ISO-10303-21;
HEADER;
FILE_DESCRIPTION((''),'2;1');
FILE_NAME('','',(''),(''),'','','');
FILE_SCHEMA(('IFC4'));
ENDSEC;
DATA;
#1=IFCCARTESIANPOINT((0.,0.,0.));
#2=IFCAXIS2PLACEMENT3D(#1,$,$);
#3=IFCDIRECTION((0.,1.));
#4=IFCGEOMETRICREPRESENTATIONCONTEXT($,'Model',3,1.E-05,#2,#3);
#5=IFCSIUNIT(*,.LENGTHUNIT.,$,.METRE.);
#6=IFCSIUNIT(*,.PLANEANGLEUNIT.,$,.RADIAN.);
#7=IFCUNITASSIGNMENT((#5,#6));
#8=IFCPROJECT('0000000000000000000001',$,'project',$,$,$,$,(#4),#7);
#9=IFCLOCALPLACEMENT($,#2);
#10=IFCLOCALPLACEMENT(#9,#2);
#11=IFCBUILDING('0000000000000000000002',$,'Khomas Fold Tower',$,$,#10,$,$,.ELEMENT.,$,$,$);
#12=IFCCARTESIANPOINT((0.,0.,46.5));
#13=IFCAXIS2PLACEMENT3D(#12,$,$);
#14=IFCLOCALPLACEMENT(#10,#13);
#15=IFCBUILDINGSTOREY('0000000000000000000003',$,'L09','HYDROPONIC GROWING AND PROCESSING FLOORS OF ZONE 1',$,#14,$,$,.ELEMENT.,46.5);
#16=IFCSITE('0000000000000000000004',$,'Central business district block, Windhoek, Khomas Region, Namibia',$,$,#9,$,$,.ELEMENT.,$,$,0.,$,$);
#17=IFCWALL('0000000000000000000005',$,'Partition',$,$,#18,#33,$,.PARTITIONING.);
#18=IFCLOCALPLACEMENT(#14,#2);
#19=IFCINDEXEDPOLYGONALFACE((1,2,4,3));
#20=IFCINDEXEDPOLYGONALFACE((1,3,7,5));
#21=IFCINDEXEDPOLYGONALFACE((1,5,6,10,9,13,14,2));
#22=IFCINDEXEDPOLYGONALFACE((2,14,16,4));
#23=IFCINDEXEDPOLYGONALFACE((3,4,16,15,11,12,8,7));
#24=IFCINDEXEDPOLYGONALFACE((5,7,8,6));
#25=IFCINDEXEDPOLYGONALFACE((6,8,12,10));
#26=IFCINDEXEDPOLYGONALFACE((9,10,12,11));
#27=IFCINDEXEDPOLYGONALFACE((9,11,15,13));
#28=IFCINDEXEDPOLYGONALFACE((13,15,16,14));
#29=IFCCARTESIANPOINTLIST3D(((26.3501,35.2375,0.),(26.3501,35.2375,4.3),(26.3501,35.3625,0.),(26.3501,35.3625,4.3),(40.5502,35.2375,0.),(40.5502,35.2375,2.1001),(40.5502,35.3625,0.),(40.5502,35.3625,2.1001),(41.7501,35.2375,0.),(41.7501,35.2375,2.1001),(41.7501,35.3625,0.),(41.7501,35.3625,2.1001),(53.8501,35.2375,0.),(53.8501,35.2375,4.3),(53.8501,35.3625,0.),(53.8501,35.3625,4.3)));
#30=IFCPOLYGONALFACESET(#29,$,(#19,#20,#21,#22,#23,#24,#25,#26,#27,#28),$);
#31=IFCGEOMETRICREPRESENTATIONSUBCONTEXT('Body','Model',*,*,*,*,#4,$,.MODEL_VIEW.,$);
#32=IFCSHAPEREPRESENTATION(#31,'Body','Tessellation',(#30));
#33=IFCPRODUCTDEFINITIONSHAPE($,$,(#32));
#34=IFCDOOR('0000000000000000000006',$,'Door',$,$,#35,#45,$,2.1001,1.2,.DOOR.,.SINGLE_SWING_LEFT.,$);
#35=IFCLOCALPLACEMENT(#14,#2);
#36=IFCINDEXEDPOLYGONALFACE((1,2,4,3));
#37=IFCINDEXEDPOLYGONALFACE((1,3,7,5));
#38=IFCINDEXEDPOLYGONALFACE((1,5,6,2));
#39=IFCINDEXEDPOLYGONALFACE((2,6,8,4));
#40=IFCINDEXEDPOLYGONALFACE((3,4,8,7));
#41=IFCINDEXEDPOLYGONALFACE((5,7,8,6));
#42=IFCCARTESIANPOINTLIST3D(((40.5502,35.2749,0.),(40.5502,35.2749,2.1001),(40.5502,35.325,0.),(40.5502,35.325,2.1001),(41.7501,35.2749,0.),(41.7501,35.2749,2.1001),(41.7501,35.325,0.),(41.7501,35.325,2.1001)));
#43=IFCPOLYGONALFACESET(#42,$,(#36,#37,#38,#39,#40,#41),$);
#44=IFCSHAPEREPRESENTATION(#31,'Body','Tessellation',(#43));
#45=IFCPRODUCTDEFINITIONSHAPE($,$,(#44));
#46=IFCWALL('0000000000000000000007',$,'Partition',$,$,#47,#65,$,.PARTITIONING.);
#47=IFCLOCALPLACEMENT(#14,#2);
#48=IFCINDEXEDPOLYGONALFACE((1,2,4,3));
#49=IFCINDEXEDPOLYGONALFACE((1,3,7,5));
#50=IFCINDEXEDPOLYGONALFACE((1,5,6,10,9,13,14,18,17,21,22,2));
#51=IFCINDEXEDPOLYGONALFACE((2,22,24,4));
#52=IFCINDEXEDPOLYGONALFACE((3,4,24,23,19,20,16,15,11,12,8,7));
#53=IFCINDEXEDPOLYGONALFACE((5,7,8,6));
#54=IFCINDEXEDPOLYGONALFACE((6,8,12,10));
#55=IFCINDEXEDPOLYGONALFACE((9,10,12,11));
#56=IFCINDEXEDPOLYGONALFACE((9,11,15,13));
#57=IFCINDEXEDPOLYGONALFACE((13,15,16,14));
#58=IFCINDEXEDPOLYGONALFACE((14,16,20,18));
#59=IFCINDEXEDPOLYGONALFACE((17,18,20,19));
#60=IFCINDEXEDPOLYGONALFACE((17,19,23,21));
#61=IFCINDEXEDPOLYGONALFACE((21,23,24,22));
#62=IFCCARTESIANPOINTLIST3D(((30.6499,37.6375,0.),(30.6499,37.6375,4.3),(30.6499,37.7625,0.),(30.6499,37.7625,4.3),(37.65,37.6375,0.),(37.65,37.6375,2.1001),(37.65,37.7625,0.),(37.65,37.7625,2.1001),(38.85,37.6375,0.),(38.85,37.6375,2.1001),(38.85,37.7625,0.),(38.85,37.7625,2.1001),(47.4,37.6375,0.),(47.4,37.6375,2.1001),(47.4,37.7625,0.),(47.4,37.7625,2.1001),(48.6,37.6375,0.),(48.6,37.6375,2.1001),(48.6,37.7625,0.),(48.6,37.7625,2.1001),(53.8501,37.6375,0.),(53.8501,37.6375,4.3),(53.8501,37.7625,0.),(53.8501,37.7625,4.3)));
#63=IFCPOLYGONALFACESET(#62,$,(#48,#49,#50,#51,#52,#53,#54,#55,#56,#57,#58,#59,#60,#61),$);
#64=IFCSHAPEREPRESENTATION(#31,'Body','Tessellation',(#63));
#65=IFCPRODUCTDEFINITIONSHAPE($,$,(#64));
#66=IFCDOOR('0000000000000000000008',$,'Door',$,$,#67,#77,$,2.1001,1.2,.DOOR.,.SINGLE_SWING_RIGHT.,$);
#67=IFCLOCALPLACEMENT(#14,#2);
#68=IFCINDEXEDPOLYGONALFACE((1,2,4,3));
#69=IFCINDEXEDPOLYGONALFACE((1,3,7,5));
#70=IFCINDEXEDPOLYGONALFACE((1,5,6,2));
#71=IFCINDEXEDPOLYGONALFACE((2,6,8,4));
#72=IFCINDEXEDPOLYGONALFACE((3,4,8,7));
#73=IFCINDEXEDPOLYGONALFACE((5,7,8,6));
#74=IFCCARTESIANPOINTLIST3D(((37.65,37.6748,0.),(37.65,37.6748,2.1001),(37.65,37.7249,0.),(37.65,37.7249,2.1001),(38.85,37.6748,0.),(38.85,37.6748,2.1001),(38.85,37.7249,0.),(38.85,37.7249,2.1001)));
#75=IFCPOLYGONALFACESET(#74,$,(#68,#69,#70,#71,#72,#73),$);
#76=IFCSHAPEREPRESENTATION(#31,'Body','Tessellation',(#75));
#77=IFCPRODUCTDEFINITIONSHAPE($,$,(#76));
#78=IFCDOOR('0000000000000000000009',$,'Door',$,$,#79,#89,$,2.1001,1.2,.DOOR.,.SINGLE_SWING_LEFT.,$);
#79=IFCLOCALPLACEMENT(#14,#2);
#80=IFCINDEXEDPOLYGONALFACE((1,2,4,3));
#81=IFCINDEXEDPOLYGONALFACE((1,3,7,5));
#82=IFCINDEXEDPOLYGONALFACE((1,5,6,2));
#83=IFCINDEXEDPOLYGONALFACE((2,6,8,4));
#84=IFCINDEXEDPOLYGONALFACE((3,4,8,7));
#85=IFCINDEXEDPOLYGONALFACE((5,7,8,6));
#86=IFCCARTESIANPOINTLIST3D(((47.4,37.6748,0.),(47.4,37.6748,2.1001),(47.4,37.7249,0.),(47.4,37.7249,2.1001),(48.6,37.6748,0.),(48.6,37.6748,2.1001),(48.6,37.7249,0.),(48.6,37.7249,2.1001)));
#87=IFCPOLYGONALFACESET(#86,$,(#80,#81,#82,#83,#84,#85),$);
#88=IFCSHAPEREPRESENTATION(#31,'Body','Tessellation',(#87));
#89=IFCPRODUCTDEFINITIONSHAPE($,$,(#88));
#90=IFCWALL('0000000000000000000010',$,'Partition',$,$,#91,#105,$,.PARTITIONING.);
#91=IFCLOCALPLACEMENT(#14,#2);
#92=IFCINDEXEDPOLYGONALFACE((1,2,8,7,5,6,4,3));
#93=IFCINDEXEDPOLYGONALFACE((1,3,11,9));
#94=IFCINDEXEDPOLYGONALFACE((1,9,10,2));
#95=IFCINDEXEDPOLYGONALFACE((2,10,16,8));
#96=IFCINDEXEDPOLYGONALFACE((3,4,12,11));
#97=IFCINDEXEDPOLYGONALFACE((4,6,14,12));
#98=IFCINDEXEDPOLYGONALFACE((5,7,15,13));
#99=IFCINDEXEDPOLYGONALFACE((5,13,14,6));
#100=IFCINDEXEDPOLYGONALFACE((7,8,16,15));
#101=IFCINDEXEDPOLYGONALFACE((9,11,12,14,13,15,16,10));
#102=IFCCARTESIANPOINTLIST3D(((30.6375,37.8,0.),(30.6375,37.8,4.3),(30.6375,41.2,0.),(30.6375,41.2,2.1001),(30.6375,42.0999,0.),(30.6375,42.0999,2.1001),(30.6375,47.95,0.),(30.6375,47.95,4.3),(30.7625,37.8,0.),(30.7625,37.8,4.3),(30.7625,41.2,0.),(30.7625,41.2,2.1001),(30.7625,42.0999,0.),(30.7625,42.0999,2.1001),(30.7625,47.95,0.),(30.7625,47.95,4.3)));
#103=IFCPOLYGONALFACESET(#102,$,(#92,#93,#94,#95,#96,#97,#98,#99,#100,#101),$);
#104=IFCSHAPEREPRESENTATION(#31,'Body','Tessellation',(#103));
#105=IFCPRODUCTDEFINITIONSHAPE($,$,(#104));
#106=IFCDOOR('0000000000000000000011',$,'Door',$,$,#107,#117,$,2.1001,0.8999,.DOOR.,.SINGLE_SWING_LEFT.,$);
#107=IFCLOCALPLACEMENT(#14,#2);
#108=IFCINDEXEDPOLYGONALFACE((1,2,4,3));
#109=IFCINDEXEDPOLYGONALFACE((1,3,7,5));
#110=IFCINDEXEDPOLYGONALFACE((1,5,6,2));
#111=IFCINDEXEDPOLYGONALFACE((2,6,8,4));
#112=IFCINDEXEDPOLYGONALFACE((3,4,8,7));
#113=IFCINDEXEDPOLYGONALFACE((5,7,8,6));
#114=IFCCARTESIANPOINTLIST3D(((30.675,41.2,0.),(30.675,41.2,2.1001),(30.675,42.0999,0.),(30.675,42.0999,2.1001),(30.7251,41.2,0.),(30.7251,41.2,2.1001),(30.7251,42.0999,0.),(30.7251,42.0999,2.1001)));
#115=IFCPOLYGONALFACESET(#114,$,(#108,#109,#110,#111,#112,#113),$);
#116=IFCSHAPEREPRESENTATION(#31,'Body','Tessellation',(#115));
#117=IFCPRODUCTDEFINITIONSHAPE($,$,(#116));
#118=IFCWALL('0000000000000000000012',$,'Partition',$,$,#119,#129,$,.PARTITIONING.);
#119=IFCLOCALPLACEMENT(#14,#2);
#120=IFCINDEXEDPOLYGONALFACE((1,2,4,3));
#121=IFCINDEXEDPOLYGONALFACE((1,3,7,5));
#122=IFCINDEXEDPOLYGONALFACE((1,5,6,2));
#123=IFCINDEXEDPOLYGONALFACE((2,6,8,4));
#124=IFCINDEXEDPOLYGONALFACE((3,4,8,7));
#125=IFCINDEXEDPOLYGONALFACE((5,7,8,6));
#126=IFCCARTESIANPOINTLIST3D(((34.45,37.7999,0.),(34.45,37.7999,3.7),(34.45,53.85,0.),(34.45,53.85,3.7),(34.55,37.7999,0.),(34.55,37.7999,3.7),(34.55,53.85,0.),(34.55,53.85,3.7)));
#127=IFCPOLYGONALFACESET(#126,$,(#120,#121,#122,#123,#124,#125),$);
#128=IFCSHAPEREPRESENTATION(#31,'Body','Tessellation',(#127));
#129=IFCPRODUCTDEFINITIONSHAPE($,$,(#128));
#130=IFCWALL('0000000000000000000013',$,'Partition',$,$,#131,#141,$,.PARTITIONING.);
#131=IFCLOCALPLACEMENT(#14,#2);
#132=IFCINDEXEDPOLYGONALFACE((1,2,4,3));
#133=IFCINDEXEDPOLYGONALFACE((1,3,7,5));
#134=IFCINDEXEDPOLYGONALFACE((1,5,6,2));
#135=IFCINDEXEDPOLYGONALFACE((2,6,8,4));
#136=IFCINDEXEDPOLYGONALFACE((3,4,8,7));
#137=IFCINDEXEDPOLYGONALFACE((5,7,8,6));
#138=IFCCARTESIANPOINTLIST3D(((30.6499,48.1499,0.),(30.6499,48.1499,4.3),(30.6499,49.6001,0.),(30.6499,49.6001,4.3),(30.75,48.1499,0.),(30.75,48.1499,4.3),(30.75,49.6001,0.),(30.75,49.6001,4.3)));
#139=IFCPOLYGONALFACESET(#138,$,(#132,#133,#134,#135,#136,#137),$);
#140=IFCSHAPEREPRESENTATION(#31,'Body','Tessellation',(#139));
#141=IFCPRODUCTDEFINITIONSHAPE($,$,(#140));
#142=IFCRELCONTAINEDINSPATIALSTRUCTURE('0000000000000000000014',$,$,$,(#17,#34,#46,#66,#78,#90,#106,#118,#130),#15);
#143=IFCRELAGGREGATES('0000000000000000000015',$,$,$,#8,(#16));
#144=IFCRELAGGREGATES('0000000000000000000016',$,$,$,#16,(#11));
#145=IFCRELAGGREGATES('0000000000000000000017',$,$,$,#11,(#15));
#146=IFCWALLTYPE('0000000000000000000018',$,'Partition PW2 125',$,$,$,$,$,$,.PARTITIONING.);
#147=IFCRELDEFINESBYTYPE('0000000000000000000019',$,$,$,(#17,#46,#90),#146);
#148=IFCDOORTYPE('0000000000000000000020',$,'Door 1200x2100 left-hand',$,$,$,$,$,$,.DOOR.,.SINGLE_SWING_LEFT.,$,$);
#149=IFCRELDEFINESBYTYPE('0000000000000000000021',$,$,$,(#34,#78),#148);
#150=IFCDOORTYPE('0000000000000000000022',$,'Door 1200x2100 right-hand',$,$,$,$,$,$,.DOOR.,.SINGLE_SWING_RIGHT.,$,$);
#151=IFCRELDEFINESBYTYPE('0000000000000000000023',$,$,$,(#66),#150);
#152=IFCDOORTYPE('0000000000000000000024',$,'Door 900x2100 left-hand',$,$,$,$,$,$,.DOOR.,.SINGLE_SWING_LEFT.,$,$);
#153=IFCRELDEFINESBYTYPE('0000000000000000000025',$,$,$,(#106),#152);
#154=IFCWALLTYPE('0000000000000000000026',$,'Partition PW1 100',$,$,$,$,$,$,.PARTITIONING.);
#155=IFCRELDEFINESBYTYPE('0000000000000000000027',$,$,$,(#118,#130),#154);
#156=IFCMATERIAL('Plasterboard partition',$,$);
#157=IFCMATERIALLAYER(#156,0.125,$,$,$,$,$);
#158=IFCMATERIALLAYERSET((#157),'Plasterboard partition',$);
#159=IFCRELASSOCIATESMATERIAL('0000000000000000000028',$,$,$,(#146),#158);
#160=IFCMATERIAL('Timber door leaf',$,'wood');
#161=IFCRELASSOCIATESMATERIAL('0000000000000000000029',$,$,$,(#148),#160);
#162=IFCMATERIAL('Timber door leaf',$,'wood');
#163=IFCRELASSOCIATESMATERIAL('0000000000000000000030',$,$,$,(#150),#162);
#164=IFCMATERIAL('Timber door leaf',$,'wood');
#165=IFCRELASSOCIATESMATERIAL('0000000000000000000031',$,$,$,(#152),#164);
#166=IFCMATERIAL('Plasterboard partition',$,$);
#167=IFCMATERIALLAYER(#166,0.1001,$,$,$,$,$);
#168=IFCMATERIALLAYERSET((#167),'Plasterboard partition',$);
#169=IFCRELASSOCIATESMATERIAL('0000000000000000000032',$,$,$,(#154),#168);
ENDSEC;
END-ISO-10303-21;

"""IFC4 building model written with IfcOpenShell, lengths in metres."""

from ifc_helpers import new_model, si_unit, direction, frame, frame_2d, origin, place, context, subcontext, project, spatial, rectangle, extrude, source, transform, mapped, material, layer, layer_set, type_object, element, fill, save


model = new_model("IFC4")

# Units and contexts
model_context = context("Model", 3, precision=1e-05, world=origin(), true_north=direction((0.0, 1.0)))
body_context = subcontext(model_context, "Body", "Model", "MODEL_VIEW")
ifc_project = project(units=[si_unit("LENGTHUNIT", "METRE"), si_unit("PLANEANGLEUNIT", "RADIAN")], contexts=[model_context])

# Site, building, storey
site_placement = place(None, origin())
site = spatial("IfcSite", under=ifc_project, at=site_placement, Name="Central business district block, Windhoek, Khomas Region, Namibia", CompositionType="ELEMENT", RefElevation=0.0)
building_placement = place(site_placement, origin())
building = spatial("IfcBuilding", under=site, at=building_placement, Name="Khomas Fold Tower", CompositionType="ELEMENT")
storey_placement = place(building_placement, frame((0.0, 0.0, 46.5)))
storey = spatial("IfcBuildingStorey", under=building, at=storey_placement, Name="L09", Description="HYDROPONIC GROWING AND PROCESSING FLOORS OF ZONE 1", CompositionType="ELEMENT", Elevation=46.5)

# Wall, opening, door
ifc_material_1 = material(Name="Plasterboard partition")
ifc_layer_1 = layer(ifc_material_1, 0.125)
ifc_layer_set_1 = layer_set([ifc_layer_1], Name="Plasterboard partition")
wall_type_1 = type_object("IfcWallType", Name="Partition PW2 125", PredefinedType="PARTITIONING", material=ifc_layer_set_1)
shared_shape_1 = source(origin(), body_context, "Body", "SweptSolid", [
    extrude(rectangle(XDim=27.5, YDim=0.125, at=frame_2d((13.75, 0.0))), origin(), (0.0, 0.0, 1.0), 4.3),
])
wall_1_placement = place(storey_placement, frame((26.3501, 35.3, 0.0), z_axis=(0.0, 0.0, 1.0), x_axis=(1.0, 0.0, 0.0)))
wall_1 = element("IfcWall", 1, at=wall_1_placement, inside=storey, type_object=wall_type_1, Name="Partition", PredefinedType="PARTITIONING", context=body_context, shape_type="MappedRepresentation", body=[
    mapped(shared_shape_1, transform((0.0, 0.0, 0.0))),
])
shared_shape_2 = source(origin(), body_context, "Body", "SweptSolid", [
    extrude(rectangle(XDim=1.2, YDim=2.1001, at=frame_2d((0.6001, 1.05))), frame((0.0, 0.0725, 0.0), z_axis=(0.0, -1.0, 0.0), x_axis=(1.0, 0.0, 0.0)), (0.0, 0.0, 1.0), 0.145),
])
opening_1_placement = place(wall_1_placement, frame((14.2, 0.0, 0.0)))
opening_1 = element("IfcOpeningElement", 2, at=opening_1_placement, cuts=wall_1, PredefinedType="OPENING", context=body_context, shape_type="MappedRepresentation", body=[
    mapped(shared_shape_2, transform((0.0, 0.0, 0.0))),
])
ifc_material_2 = material(Name="Timber door leaf", Category="wood")
door_type_1 = type_object("IfcDoorType", Name="Door 1200x2100 left-hand", OperationType="SINGLE_SWING_LEFT", PredefinedType="DOOR", material=ifc_material_2)
shared_shape_3 = source(origin(), body_context, "Body", "SweptSolid", [
    extrude(rectangle(XDim=1.2, YDim=2.1001, at=frame_2d((0.6001, 1.05))), frame((0.0, 0.0249, 0.0), z_axis=(0.0, -1.0, 0.0), x_axis=(1.0, 0.0, 0.0)), (0.0, 0.0, 1.0), 0.05),
])
door_1_placement = place(opening_1_placement, origin())
door_1 = element("IfcDoor", 3, at=door_1_placement, inside=storey, type_object=door_type_1, Name="Door", OperationType="SINGLE_SWING_LEFT", OverallHeight=2.1001, OverallWidth=1.2, PredefinedType="DOOR", context=body_context, shape_type="MappedRepresentation", body=[
    mapped(shared_shape_3, transform((0.0, 0.0, 0.0))),
])
fill(opening_1, door_1)

# Wall, openings, doors
shared_shape_4 = source(origin(), body_context, "Body", "SweptSolid", [
    extrude(rectangle(XDim=23.2002, YDim=0.125, at=frame_2d((11.6001, 0.0))), origin(), (0.0, 0.0, 1.0), 4.3),
])
wall_2_placement = place(storey_placement, frame((30.6499, 37.7, 0.0), z_axis=(0.0, 0.0, 1.0), x_axis=(1.0, 0.0, 0.0)))
wall_2 = element("IfcWall", 4, at=wall_2_placement, inside=storey, type_object=wall_type_1, Name="Partition", PredefinedType="PARTITIONING", context=body_context, shape_type="MappedRepresentation", body=[
    mapped(shared_shape_4, transform((0.0, 0.0, 0.0))),
])
opening_2_placement = place(wall_2_placement, frame((7.0, 0.0, 0.0)))
opening_2 = element("IfcOpeningElement", 5, at=opening_2_placement, cuts=wall_2, PredefinedType="OPENING", context=body_context, shape_type="MappedRepresentation", body=[
    mapped(shared_shape_2, transform((0.0, 0.0, 0.0))),
])
opening_3_placement = place(wall_2_placement, frame((16.75, 0.0, 0.0)))
opening_3 = element("IfcOpeningElement", 6, at=opening_3_placement, cuts=wall_2, PredefinedType="OPENING", context=body_context, shape_type="MappedRepresentation", body=[
    mapped(shared_shape_2, transform((0.0, 0.0, 0.0))),
])
ifc_material_3 = material(Name="Timber door leaf", Category="wood")
door_type_2 = type_object("IfcDoorType", Name="Door 1200x2100 right-hand", OperationType="SINGLE_SWING_RIGHT", PredefinedType="DOOR", material=ifc_material_3)
door_2_placement = place(opening_2_placement, origin())
door_2 = element("IfcDoor", 7, at=door_2_placement, inside=storey, type_object=door_type_2, Name="Door", OperationType="SINGLE_SWING_RIGHT", OverallHeight=2.1001, OverallWidth=1.2, PredefinedType="DOOR", context=body_context, shape_type="MappedRepresentation", body=[
    mapped(shared_shape_3, transform((0.0, 0.0, 0.0))),
])
fill(opening_2, door_2)
door_3_placement = place(opening_3_placement, origin())
door_3 = element("IfcDoor", 8, at=door_3_placement, inside=storey, type_object=door_type_1, Name="Door", OperationType="SINGLE_SWING_LEFT", OverallHeight=2.1001, OverallWidth=1.2, PredefinedType="DOOR", context=body_context, shape_type="MappedRepresentation", body=[
    mapped(shared_shape_3, transform((0.0, 0.0, 0.0))),
])
fill(opening_3, door_3)

# Wall, opening, door
shared_shape_5 = source(origin(), body_context, "Body", "SweptSolid", [
    extrude(rectangle(XDim=10.1499, YDim=0.125, at=frame_2d((5.075, 0.0))), origin(), (0.0, 0.0, 1.0), 4.3),
])
wall_3_placement = place(storey_placement, frame((30.7, 37.8, 0.0), z_axis=(0.0, 0.0, 1.0), x_axis=(0.0, 1.0, 0.0)))
wall_3 = element("IfcWall", 9, at=wall_3_placement, inside=storey, type_object=wall_type_1, Name="Partition", PredefinedType="PARTITIONING", context=body_context, shape_type="MappedRepresentation", body=[
    mapped(shared_shape_5, transform((0.0, 0.0, 0.0))),
])
shared_shape_6 = source(origin(), body_context, "Body", "SweptSolid", [
    extrude(rectangle(XDim=0.8999, YDim=2.1001, at=frame_2d((0.45, 1.05))), frame((0.0, 0.0725, 0.0), z_axis=(0.0, -1.0, 0.0), x_axis=(1.0, 0.0, 0.0)), (0.0, 0.0, 1.0), 0.145),
])
opening_4_placement = place(wall_3_placement, frame((3.3999, 0.0, 0.0)))
opening_4 = element("IfcOpeningElement", 10, at=opening_4_placement, cuts=wall_3, PredefinedType="OPENING", context=body_context, shape_type="MappedRepresentation", body=[
    mapped(shared_shape_6, transform((0.0, 0.0, 0.0))),
])
ifc_material_4 = material(Name="Timber door leaf", Category="wood")
door_type_3 = type_object("IfcDoorType", Name="Door 900x2100 left-hand", OperationType="SINGLE_SWING_LEFT", PredefinedType="DOOR", material=ifc_material_4)
shared_shape_7 = source(origin(), body_context, "Body", "SweptSolid", [
    extrude(rectangle(XDim=0.8999, YDim=2.1001, at=frame_2d((0.45, 1.05))), frame((0.0, 0.0249, 0.0), z_axis=(0.0, -1.0, 0.0), x_axis=(1.0, 0.0, 0.0)), (0.0, 0.0, 1.0), 0.05),
])
door_4_placement = place(opening_4_placement, origin())
door_4 = element("IfcDoor", 11, at=door_4_placement, inside=storey, type_object=door_type_3, Name="Door", OperationType="SINGLE_SWING_LEFT", OverallHeight=2.1001, OverallWidth=0.8999, PredefinedType="DOOR", context=body_context, shape_type="MappedRepresentation", body=[
    mapped(shared_shape_7, transform((0.0, 0.0, 0.0))),
])
fill(opening_4, door_4)

# Walls
ifc_material_5 = material(Name="Plasterboard partition")
ifc_layer_2 = layer(ifc_material_5, 0.1001)
ifc_layer_set_2 = layer_set([ifc_layer_2], Name="Plasterboard partition")
wall_type_2 = type_object("IfcWallType", Name="Partition PW1 100", PredefinedType="PARTITIONING", material=ifc_layer_set_2)
shared_shape_8 = source(origin(), body_context, "Body", "SweptSolid", [
    extrude(rectangle(XDim=16.05, YDim=0.1001, at=frame_2d((8.0249, 0.0))), origin(), (0.0, 0.0, 1.0), 3.7),
])
wall_4_placement = place(storey_placement, frame((34.5, 37.8, 0.0), z_axis=(0.0, 0.0, 1.0), x_axis=(0.0, 1.0, 0.0)))
element("IfcWall", 12, at=wall_4_placement, inside=storey, type_object=wall_type_2, Name="Partition", PredefinedType="PARTITIONING", context=body_context, shape_type="MappedRepresentation", body=[
    mapped(shared_shape_8, transform((0.0, 0.0, 0.0))),
])
shared_shape_9 = source(origin(), body_context, "Body", "SweptSolid", [
    extrude(rectangle(XDim=1.4502, YDim=0.1001, at=frame_2d((0.7251, 0.0))), origin(), (0.0, 0.0, 1.0), 4.3),
])
wall_5_placement = place(storey_placement, frame((30.7, 48.1499, 0.0), z_axis=(0.0, 0.0, 1.0), x_axis=(0.0, 1.0, 0.0)))
element("IfcWall", 13, at=wall_5_placement, inside=storey, type_object=wall_type_2, Name="Partition", PredefinedType="PARTITIONING", context=body_context, shape_type="MappedRepresentation", body=[
    mapped(shared_shape_9, transform((0.0, 0.0, 0.0))),
])

save(model, "model.ifc")
